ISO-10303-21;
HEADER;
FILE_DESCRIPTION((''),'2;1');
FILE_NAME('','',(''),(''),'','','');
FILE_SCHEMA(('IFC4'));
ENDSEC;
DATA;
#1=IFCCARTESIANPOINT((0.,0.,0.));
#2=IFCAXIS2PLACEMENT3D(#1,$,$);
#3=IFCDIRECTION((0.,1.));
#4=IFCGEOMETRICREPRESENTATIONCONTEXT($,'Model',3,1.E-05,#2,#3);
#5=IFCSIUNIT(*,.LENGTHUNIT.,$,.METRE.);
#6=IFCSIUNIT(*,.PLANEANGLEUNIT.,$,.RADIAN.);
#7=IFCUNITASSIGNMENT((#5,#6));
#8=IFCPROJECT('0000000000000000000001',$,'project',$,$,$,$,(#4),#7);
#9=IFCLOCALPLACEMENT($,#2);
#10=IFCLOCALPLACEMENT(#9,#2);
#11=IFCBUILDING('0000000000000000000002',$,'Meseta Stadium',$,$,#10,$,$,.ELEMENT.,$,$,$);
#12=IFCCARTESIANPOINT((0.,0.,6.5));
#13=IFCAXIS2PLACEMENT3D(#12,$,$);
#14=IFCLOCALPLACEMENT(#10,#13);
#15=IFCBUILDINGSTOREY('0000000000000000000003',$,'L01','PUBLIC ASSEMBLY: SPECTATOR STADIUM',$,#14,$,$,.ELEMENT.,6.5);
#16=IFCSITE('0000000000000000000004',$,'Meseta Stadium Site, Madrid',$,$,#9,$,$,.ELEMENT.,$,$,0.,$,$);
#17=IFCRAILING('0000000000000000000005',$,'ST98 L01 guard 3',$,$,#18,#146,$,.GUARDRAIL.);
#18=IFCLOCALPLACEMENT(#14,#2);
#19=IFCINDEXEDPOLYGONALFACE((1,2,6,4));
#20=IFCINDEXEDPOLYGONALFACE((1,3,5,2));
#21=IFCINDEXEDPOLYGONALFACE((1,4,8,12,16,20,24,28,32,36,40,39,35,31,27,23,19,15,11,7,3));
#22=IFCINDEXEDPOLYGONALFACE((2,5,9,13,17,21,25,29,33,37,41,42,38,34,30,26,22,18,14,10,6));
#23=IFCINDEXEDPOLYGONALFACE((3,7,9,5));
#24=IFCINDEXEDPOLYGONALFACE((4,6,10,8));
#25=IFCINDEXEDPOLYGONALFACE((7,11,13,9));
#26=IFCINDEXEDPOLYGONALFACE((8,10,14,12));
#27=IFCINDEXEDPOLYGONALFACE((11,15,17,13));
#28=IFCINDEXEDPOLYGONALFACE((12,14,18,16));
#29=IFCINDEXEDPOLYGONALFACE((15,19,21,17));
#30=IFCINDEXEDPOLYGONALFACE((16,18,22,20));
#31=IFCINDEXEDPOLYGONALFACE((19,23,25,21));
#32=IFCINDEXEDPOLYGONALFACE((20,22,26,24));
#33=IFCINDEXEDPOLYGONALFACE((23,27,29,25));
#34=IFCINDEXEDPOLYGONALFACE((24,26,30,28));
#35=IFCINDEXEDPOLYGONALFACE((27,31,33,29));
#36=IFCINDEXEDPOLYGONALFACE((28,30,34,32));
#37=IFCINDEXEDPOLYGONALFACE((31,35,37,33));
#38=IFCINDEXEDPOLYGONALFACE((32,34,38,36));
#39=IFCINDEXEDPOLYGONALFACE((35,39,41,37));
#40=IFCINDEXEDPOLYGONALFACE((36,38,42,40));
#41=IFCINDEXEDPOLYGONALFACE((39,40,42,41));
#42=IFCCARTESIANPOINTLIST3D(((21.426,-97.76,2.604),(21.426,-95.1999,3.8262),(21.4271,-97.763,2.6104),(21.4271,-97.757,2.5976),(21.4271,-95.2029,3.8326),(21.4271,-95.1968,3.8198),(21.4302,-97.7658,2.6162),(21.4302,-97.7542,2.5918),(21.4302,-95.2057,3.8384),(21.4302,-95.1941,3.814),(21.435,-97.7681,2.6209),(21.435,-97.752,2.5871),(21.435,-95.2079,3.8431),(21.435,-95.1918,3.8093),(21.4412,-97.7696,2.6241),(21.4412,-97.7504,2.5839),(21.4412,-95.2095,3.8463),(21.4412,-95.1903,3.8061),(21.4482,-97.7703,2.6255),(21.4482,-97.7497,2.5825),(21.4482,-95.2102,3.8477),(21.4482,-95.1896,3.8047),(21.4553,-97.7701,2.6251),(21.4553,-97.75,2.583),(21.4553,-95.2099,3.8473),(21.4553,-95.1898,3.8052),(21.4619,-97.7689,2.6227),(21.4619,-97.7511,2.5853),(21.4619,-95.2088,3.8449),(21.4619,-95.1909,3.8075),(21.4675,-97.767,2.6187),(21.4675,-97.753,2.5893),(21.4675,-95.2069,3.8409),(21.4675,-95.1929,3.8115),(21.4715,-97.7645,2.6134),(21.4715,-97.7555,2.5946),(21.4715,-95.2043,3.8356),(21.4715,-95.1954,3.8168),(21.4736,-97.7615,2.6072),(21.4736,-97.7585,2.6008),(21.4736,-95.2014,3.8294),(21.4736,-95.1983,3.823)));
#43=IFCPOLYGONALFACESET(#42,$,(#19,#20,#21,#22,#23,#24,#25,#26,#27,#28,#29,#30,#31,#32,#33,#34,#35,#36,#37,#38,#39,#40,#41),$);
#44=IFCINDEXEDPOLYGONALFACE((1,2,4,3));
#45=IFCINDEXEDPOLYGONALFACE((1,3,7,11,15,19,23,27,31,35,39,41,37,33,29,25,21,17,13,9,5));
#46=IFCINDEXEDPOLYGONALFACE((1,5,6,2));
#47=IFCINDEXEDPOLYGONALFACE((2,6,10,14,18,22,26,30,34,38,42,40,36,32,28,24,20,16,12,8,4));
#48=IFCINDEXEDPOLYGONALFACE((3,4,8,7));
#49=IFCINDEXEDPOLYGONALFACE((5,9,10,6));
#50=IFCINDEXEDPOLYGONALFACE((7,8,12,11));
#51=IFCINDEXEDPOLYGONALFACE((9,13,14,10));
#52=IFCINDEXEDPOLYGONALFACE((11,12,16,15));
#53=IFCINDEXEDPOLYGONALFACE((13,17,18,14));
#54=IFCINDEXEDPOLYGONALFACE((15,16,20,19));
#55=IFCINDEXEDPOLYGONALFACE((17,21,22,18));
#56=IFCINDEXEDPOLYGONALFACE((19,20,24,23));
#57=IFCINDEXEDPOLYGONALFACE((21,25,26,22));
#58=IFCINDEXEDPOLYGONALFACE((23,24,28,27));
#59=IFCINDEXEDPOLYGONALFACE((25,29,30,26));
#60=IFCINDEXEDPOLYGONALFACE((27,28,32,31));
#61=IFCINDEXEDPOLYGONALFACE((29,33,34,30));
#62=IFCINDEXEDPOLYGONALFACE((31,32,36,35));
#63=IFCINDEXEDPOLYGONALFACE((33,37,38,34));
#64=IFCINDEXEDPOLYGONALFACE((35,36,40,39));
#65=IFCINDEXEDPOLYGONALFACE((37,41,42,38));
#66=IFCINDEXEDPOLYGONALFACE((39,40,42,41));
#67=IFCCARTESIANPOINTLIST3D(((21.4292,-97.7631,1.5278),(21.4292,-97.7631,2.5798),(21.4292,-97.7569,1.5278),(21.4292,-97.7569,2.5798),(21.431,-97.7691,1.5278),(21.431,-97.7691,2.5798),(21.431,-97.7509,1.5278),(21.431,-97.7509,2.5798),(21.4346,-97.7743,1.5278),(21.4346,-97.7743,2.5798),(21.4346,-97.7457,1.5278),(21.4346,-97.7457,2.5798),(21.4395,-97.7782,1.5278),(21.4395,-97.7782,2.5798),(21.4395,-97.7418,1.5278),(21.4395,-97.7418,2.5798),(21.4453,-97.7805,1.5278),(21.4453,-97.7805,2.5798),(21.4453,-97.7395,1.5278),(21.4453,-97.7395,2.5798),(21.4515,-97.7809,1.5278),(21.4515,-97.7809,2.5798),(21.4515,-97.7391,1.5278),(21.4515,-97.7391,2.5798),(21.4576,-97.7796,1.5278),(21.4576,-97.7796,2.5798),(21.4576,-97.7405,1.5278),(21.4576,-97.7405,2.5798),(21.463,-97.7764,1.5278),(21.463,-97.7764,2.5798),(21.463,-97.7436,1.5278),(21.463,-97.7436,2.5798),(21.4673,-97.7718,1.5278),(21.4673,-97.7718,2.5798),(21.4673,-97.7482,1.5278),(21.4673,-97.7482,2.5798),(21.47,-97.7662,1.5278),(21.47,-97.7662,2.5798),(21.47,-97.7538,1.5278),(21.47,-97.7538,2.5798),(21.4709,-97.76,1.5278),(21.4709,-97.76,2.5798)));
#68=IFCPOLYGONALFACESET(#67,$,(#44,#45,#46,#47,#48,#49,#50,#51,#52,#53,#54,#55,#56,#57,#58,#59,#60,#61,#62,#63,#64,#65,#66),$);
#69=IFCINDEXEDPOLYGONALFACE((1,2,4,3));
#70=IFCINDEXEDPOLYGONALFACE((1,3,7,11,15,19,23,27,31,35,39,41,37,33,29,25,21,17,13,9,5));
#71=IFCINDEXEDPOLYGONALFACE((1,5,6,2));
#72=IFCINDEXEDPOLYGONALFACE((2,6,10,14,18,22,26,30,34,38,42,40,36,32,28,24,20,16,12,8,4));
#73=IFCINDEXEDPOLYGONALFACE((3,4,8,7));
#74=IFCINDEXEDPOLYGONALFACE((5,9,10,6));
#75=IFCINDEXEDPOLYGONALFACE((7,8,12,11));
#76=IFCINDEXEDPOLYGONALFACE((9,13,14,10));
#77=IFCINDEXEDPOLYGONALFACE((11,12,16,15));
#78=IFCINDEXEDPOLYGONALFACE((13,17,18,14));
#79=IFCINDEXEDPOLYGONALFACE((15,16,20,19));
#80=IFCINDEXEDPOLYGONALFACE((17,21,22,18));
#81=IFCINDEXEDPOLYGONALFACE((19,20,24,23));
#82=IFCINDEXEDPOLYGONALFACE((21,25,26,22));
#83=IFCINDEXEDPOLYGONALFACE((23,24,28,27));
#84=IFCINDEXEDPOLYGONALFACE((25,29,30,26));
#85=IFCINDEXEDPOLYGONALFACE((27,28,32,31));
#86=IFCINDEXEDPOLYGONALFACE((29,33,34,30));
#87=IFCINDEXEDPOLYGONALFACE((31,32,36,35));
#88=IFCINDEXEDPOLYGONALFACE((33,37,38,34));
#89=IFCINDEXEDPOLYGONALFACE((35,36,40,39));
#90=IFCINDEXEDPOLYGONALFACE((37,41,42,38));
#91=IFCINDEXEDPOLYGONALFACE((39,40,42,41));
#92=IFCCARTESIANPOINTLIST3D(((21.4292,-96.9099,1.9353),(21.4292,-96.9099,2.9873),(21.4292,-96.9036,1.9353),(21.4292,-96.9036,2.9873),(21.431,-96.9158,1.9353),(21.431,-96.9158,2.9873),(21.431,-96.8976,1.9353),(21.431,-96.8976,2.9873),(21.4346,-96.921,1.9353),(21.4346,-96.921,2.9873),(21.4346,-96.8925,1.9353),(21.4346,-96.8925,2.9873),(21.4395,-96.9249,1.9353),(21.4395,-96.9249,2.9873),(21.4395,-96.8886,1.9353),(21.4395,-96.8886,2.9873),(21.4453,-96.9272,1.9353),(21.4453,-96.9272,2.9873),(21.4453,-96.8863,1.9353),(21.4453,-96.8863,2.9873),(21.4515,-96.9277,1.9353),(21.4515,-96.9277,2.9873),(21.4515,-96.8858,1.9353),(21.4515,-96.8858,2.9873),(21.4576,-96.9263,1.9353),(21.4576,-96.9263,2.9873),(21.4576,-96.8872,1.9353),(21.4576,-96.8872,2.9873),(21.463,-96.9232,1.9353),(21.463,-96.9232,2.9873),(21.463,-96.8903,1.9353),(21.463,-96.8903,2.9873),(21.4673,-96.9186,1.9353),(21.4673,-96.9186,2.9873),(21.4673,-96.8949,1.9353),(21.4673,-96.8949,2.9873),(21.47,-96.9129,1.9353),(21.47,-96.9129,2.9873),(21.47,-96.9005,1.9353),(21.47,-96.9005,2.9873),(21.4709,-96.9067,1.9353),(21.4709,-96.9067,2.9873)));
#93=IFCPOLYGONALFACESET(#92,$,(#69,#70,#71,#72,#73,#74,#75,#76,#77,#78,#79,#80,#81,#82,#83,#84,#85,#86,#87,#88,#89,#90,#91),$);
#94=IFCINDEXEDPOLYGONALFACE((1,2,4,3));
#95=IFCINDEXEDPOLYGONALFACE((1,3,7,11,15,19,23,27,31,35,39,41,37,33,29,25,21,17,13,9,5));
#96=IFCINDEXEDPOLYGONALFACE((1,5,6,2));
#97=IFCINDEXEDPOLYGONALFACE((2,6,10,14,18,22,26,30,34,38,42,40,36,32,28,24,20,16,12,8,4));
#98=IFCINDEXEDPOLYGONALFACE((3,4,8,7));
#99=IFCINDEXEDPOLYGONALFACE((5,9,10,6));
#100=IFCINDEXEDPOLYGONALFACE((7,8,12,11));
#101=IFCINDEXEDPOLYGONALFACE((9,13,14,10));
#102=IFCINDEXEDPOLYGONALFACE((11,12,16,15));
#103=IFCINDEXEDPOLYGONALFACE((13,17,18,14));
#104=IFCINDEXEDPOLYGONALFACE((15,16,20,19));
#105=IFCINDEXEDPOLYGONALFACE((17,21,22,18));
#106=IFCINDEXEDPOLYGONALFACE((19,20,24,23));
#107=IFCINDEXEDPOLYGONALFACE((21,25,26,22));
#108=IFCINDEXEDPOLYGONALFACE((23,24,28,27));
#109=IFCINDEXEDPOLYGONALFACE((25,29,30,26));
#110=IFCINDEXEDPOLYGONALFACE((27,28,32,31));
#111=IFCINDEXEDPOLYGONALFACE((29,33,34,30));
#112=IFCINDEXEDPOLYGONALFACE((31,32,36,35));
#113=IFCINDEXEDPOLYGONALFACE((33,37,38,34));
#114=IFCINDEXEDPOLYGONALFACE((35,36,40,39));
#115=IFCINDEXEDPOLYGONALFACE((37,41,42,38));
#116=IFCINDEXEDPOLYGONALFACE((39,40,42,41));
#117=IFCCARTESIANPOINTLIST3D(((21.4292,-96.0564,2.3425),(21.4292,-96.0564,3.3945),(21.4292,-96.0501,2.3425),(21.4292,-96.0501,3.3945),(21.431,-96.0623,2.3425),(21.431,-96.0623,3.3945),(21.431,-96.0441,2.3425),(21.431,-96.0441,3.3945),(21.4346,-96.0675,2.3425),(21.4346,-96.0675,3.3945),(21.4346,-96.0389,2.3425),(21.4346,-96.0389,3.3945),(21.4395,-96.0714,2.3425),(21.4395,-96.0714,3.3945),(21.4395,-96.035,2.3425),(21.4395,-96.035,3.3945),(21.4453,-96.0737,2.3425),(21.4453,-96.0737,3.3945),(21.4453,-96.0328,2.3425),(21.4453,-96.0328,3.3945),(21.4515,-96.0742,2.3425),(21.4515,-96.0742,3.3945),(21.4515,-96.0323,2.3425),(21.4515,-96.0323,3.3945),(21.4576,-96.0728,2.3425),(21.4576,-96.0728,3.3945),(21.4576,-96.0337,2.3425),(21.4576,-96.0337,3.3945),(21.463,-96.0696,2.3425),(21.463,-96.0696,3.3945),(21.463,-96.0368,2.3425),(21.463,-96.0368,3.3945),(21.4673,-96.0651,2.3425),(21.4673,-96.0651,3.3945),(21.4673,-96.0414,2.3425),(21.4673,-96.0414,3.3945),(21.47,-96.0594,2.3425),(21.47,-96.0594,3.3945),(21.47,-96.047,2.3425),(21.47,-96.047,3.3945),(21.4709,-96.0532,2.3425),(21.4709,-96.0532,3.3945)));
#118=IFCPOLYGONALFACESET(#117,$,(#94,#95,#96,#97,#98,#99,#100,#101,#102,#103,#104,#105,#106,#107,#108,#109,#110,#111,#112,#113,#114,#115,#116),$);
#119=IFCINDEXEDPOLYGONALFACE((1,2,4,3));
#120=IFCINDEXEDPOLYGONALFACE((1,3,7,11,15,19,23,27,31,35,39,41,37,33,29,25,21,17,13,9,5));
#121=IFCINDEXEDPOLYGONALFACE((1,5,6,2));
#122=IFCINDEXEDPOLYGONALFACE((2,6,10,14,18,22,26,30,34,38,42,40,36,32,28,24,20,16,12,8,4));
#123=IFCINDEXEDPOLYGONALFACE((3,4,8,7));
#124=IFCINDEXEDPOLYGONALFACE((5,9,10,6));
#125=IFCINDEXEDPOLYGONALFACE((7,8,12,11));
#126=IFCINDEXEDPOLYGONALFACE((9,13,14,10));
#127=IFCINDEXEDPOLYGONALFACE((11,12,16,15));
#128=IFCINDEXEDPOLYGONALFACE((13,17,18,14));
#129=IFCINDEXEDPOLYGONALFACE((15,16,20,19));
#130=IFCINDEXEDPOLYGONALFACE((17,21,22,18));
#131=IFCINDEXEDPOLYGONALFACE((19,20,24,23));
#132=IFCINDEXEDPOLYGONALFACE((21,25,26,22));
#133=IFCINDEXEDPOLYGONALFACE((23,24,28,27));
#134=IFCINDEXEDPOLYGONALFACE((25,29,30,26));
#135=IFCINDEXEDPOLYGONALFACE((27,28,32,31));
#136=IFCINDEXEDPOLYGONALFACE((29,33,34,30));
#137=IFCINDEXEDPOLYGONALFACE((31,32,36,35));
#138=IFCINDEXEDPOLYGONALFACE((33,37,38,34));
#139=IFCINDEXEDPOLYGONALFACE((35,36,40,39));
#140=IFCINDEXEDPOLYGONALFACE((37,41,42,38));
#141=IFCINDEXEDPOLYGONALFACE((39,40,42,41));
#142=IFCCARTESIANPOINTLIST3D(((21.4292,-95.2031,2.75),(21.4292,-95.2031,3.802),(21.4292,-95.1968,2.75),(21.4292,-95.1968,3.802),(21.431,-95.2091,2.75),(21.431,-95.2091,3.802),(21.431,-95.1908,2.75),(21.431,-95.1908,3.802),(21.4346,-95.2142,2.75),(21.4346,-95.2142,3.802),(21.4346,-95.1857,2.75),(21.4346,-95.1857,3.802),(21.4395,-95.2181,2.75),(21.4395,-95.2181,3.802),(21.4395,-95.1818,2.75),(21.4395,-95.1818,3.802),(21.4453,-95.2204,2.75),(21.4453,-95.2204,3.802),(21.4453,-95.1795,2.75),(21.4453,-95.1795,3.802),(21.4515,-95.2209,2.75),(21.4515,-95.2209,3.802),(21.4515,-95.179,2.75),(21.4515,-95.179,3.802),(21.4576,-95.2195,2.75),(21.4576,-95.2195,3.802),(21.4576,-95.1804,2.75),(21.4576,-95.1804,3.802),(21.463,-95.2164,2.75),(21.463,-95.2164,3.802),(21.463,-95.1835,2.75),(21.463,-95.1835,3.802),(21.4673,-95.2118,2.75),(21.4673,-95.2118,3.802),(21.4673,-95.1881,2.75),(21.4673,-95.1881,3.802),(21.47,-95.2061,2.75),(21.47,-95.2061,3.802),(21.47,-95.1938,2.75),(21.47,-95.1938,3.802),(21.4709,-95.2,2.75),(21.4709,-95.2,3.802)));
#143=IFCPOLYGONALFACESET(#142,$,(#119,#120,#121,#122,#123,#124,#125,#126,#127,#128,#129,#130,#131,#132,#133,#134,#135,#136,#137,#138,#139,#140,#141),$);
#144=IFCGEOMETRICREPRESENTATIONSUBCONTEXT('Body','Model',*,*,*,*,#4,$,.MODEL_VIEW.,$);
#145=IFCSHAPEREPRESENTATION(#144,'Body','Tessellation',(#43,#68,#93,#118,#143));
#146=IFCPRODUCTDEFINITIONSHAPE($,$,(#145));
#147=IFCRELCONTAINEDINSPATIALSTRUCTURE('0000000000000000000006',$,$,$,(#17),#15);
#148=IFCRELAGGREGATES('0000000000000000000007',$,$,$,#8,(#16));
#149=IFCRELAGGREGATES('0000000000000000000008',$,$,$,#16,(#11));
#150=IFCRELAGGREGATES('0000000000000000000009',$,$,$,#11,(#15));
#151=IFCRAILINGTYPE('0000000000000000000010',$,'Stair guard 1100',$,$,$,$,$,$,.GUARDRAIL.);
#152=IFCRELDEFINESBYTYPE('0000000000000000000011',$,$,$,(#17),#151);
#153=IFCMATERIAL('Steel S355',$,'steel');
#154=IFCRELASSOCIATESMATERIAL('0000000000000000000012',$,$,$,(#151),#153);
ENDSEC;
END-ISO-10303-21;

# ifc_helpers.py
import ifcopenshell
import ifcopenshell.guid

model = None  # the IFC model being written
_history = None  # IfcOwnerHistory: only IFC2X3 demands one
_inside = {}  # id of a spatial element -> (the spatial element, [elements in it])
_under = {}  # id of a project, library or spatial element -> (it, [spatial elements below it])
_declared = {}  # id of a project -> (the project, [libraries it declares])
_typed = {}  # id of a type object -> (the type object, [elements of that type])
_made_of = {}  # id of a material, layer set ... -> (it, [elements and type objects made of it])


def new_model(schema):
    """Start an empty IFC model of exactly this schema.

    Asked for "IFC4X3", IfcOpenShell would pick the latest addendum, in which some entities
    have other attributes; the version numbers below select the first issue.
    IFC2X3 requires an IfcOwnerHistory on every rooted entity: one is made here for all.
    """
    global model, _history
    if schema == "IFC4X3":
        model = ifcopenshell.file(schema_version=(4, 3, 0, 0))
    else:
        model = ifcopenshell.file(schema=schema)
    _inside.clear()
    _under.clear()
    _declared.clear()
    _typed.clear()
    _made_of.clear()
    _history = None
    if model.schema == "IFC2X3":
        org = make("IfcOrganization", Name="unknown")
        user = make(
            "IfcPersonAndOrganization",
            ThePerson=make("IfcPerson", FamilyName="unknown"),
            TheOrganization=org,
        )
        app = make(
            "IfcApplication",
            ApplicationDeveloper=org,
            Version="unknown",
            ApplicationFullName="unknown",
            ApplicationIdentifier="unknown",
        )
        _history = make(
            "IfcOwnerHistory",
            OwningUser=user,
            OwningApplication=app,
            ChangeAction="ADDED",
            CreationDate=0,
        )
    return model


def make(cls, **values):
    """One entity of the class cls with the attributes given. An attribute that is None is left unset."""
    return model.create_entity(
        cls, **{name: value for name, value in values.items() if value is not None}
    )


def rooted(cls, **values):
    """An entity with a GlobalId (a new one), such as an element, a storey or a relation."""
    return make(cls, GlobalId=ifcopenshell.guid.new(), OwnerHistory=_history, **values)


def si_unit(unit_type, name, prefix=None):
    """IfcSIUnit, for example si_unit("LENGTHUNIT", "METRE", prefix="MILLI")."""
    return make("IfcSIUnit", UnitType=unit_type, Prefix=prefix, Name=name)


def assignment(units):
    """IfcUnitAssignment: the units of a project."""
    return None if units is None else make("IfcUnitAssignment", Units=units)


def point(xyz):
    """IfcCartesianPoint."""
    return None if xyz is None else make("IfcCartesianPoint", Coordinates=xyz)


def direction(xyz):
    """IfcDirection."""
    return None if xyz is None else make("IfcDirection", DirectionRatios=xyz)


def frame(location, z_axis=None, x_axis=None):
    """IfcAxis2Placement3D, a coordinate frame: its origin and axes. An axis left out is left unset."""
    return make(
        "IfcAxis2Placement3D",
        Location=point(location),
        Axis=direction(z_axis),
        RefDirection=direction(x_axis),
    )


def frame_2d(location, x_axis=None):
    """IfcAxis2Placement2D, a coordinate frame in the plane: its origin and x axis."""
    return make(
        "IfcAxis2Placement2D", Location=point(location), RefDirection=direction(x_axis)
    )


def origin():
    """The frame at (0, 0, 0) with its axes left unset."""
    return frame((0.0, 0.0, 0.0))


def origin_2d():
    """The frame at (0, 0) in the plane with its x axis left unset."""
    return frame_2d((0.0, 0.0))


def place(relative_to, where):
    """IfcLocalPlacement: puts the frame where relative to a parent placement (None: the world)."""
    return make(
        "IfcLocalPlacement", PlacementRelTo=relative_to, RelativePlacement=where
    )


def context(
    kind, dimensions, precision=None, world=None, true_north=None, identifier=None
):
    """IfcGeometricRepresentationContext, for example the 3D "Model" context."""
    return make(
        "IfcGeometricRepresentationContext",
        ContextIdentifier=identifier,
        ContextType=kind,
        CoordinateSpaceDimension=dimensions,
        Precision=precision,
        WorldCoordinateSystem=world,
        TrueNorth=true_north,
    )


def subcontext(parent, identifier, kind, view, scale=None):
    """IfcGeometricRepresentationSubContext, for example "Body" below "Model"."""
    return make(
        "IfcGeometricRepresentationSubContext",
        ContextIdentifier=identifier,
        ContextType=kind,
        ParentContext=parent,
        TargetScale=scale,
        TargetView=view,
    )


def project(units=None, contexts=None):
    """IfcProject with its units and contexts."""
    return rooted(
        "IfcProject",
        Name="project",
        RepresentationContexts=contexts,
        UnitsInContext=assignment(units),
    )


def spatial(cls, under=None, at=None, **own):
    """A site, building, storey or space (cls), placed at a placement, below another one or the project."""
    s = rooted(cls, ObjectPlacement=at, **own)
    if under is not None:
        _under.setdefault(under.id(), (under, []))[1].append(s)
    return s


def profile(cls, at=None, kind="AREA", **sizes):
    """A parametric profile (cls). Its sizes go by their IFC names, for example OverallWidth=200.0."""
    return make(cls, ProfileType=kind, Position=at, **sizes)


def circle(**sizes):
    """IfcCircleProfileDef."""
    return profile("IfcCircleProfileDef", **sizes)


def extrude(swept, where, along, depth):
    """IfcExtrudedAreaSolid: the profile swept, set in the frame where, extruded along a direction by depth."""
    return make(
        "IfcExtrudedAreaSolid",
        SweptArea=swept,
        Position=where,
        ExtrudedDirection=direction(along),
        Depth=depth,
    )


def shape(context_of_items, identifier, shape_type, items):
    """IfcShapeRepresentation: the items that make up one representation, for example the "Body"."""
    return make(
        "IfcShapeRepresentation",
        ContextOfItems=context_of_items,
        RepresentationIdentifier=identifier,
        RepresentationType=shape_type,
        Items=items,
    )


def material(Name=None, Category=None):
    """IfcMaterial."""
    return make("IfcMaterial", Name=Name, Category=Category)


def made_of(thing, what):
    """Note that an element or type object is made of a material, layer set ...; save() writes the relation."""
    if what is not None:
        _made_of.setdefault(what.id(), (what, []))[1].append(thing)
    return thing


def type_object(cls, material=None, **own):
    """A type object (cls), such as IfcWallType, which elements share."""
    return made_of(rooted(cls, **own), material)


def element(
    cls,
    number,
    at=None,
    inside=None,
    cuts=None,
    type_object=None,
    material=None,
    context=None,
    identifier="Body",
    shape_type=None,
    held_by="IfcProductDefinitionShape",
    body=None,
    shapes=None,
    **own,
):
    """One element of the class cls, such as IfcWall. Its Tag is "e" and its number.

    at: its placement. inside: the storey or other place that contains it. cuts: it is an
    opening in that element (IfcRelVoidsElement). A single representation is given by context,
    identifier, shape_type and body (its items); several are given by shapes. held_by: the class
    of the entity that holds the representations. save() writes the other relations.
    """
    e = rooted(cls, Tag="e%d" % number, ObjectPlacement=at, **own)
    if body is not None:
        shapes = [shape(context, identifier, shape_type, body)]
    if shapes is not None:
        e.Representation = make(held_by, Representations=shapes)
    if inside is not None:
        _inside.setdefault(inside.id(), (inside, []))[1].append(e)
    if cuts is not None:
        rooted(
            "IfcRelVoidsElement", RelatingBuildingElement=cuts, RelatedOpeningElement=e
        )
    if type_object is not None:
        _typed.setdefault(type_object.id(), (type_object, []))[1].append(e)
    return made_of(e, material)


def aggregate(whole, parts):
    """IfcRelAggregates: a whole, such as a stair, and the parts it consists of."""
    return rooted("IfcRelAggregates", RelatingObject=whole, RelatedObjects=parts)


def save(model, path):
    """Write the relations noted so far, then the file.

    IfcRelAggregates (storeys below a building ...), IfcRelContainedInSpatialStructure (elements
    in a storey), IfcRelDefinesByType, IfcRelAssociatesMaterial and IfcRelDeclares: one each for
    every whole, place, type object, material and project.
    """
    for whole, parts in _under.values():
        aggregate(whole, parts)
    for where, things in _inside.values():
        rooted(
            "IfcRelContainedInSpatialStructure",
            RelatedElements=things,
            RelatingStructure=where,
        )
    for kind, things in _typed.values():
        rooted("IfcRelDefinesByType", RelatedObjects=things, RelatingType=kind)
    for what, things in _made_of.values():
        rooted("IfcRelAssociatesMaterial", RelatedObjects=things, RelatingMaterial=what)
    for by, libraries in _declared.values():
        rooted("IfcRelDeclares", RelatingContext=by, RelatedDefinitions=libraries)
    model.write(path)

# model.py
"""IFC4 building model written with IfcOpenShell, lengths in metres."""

from ifc_helpers import new_model, si_unit, direction, frame, origin, origin_2d, place, context, subcontext, project, spatial, circle, extrude, material, type_object, element, save


model = new_model("IFC4")

# Units and contexts
model_context = context("Model", 3, precision=1e-05, world=origin(), true_north=direction((0.0, 1.0)))
body_context = subcontext(model_context, "Body", "Model", "MODEL_VIEW")
ifc_project = project(units=[si_unit("LENGTHUNIT", "METRE"), si_unit("PLANEANGLEUNIT", "RADIAN")], contexts=[model_context])

# Site, building, storey
site_placement = place(None, origin())
site = spatial("IfcSite", under=ifc_project, at=site_placement, Name="Meseta Stadium Site, Madrid", CompositionType="ELEMENT", RefElevation=0.0)
building_placement = place(site_placement, origin())
building = spatial("IfcBuilding", under=site, at=building_placement, Name="Meseta Stadium", CompositionType="ELEMENT")
storey_placement = place(building_placement, frame((0.0, 0.0, 6.5)))
storey = spatial("IfcBuildingStorey", under=building, at=storey_placement, Name="L01", Description="PUBLIC ASSEMBLY: SPECTATOR STADIUM", CompositionType="ELEMENT", Elevation=6.5)

# Railing
ifc_material_1 = material(Name="Steel S355", Category="steel")
railing_type_1 = type_object("IfcRailingType", Name="Stair guard 1100", PredefinedType="GUARDRAIL", material=ifc_material_1)
railing_1_placement = place(storey_placement, frame((21.45, -97.76, 1.5278)))
element("IfcRailing", 1, at=railing_1_placement, inside=storey, type_object=railing_type_1, Name="ST98 L01 guard 3", PredefinedType="GUARDRAIL", context=body_context, shape_type="SweptSolid", body=[
    extrude(circle(Radius=0.0239, at=origin_2d()), frame((0.0, 0.0, 1.0762), z_axis=(0.0, 0.902437, 0.430822), x_axis=(-1.0, 0.0, 0.0)), (0.0, 0.0, 1.0), 2.8369),
    extrude(circle(Radius=0.021, at=origin_2d()), origin(), (0.0, 0.0, 1.0), 1.052),
    extrude(circle(Radius=0.021, at=origin_2d()), frame((0.0, 0.8533, 0.4075)), (0.0, 0.0, 1.0), 1.052),
    extrude(circle(Radius=0.021, at=origin_2d()), frame((0.0, 1.7068, 0.8147)), (0.0, 0.0, 1.0), 1.052),
    extrude(circle(Radius=0.021, at=origin_2d()), frame((0.0, 2.5601, 1.2222)), (0.0, 0.0, 1.0), 1.052),
])

save(model, "model.ifc")
